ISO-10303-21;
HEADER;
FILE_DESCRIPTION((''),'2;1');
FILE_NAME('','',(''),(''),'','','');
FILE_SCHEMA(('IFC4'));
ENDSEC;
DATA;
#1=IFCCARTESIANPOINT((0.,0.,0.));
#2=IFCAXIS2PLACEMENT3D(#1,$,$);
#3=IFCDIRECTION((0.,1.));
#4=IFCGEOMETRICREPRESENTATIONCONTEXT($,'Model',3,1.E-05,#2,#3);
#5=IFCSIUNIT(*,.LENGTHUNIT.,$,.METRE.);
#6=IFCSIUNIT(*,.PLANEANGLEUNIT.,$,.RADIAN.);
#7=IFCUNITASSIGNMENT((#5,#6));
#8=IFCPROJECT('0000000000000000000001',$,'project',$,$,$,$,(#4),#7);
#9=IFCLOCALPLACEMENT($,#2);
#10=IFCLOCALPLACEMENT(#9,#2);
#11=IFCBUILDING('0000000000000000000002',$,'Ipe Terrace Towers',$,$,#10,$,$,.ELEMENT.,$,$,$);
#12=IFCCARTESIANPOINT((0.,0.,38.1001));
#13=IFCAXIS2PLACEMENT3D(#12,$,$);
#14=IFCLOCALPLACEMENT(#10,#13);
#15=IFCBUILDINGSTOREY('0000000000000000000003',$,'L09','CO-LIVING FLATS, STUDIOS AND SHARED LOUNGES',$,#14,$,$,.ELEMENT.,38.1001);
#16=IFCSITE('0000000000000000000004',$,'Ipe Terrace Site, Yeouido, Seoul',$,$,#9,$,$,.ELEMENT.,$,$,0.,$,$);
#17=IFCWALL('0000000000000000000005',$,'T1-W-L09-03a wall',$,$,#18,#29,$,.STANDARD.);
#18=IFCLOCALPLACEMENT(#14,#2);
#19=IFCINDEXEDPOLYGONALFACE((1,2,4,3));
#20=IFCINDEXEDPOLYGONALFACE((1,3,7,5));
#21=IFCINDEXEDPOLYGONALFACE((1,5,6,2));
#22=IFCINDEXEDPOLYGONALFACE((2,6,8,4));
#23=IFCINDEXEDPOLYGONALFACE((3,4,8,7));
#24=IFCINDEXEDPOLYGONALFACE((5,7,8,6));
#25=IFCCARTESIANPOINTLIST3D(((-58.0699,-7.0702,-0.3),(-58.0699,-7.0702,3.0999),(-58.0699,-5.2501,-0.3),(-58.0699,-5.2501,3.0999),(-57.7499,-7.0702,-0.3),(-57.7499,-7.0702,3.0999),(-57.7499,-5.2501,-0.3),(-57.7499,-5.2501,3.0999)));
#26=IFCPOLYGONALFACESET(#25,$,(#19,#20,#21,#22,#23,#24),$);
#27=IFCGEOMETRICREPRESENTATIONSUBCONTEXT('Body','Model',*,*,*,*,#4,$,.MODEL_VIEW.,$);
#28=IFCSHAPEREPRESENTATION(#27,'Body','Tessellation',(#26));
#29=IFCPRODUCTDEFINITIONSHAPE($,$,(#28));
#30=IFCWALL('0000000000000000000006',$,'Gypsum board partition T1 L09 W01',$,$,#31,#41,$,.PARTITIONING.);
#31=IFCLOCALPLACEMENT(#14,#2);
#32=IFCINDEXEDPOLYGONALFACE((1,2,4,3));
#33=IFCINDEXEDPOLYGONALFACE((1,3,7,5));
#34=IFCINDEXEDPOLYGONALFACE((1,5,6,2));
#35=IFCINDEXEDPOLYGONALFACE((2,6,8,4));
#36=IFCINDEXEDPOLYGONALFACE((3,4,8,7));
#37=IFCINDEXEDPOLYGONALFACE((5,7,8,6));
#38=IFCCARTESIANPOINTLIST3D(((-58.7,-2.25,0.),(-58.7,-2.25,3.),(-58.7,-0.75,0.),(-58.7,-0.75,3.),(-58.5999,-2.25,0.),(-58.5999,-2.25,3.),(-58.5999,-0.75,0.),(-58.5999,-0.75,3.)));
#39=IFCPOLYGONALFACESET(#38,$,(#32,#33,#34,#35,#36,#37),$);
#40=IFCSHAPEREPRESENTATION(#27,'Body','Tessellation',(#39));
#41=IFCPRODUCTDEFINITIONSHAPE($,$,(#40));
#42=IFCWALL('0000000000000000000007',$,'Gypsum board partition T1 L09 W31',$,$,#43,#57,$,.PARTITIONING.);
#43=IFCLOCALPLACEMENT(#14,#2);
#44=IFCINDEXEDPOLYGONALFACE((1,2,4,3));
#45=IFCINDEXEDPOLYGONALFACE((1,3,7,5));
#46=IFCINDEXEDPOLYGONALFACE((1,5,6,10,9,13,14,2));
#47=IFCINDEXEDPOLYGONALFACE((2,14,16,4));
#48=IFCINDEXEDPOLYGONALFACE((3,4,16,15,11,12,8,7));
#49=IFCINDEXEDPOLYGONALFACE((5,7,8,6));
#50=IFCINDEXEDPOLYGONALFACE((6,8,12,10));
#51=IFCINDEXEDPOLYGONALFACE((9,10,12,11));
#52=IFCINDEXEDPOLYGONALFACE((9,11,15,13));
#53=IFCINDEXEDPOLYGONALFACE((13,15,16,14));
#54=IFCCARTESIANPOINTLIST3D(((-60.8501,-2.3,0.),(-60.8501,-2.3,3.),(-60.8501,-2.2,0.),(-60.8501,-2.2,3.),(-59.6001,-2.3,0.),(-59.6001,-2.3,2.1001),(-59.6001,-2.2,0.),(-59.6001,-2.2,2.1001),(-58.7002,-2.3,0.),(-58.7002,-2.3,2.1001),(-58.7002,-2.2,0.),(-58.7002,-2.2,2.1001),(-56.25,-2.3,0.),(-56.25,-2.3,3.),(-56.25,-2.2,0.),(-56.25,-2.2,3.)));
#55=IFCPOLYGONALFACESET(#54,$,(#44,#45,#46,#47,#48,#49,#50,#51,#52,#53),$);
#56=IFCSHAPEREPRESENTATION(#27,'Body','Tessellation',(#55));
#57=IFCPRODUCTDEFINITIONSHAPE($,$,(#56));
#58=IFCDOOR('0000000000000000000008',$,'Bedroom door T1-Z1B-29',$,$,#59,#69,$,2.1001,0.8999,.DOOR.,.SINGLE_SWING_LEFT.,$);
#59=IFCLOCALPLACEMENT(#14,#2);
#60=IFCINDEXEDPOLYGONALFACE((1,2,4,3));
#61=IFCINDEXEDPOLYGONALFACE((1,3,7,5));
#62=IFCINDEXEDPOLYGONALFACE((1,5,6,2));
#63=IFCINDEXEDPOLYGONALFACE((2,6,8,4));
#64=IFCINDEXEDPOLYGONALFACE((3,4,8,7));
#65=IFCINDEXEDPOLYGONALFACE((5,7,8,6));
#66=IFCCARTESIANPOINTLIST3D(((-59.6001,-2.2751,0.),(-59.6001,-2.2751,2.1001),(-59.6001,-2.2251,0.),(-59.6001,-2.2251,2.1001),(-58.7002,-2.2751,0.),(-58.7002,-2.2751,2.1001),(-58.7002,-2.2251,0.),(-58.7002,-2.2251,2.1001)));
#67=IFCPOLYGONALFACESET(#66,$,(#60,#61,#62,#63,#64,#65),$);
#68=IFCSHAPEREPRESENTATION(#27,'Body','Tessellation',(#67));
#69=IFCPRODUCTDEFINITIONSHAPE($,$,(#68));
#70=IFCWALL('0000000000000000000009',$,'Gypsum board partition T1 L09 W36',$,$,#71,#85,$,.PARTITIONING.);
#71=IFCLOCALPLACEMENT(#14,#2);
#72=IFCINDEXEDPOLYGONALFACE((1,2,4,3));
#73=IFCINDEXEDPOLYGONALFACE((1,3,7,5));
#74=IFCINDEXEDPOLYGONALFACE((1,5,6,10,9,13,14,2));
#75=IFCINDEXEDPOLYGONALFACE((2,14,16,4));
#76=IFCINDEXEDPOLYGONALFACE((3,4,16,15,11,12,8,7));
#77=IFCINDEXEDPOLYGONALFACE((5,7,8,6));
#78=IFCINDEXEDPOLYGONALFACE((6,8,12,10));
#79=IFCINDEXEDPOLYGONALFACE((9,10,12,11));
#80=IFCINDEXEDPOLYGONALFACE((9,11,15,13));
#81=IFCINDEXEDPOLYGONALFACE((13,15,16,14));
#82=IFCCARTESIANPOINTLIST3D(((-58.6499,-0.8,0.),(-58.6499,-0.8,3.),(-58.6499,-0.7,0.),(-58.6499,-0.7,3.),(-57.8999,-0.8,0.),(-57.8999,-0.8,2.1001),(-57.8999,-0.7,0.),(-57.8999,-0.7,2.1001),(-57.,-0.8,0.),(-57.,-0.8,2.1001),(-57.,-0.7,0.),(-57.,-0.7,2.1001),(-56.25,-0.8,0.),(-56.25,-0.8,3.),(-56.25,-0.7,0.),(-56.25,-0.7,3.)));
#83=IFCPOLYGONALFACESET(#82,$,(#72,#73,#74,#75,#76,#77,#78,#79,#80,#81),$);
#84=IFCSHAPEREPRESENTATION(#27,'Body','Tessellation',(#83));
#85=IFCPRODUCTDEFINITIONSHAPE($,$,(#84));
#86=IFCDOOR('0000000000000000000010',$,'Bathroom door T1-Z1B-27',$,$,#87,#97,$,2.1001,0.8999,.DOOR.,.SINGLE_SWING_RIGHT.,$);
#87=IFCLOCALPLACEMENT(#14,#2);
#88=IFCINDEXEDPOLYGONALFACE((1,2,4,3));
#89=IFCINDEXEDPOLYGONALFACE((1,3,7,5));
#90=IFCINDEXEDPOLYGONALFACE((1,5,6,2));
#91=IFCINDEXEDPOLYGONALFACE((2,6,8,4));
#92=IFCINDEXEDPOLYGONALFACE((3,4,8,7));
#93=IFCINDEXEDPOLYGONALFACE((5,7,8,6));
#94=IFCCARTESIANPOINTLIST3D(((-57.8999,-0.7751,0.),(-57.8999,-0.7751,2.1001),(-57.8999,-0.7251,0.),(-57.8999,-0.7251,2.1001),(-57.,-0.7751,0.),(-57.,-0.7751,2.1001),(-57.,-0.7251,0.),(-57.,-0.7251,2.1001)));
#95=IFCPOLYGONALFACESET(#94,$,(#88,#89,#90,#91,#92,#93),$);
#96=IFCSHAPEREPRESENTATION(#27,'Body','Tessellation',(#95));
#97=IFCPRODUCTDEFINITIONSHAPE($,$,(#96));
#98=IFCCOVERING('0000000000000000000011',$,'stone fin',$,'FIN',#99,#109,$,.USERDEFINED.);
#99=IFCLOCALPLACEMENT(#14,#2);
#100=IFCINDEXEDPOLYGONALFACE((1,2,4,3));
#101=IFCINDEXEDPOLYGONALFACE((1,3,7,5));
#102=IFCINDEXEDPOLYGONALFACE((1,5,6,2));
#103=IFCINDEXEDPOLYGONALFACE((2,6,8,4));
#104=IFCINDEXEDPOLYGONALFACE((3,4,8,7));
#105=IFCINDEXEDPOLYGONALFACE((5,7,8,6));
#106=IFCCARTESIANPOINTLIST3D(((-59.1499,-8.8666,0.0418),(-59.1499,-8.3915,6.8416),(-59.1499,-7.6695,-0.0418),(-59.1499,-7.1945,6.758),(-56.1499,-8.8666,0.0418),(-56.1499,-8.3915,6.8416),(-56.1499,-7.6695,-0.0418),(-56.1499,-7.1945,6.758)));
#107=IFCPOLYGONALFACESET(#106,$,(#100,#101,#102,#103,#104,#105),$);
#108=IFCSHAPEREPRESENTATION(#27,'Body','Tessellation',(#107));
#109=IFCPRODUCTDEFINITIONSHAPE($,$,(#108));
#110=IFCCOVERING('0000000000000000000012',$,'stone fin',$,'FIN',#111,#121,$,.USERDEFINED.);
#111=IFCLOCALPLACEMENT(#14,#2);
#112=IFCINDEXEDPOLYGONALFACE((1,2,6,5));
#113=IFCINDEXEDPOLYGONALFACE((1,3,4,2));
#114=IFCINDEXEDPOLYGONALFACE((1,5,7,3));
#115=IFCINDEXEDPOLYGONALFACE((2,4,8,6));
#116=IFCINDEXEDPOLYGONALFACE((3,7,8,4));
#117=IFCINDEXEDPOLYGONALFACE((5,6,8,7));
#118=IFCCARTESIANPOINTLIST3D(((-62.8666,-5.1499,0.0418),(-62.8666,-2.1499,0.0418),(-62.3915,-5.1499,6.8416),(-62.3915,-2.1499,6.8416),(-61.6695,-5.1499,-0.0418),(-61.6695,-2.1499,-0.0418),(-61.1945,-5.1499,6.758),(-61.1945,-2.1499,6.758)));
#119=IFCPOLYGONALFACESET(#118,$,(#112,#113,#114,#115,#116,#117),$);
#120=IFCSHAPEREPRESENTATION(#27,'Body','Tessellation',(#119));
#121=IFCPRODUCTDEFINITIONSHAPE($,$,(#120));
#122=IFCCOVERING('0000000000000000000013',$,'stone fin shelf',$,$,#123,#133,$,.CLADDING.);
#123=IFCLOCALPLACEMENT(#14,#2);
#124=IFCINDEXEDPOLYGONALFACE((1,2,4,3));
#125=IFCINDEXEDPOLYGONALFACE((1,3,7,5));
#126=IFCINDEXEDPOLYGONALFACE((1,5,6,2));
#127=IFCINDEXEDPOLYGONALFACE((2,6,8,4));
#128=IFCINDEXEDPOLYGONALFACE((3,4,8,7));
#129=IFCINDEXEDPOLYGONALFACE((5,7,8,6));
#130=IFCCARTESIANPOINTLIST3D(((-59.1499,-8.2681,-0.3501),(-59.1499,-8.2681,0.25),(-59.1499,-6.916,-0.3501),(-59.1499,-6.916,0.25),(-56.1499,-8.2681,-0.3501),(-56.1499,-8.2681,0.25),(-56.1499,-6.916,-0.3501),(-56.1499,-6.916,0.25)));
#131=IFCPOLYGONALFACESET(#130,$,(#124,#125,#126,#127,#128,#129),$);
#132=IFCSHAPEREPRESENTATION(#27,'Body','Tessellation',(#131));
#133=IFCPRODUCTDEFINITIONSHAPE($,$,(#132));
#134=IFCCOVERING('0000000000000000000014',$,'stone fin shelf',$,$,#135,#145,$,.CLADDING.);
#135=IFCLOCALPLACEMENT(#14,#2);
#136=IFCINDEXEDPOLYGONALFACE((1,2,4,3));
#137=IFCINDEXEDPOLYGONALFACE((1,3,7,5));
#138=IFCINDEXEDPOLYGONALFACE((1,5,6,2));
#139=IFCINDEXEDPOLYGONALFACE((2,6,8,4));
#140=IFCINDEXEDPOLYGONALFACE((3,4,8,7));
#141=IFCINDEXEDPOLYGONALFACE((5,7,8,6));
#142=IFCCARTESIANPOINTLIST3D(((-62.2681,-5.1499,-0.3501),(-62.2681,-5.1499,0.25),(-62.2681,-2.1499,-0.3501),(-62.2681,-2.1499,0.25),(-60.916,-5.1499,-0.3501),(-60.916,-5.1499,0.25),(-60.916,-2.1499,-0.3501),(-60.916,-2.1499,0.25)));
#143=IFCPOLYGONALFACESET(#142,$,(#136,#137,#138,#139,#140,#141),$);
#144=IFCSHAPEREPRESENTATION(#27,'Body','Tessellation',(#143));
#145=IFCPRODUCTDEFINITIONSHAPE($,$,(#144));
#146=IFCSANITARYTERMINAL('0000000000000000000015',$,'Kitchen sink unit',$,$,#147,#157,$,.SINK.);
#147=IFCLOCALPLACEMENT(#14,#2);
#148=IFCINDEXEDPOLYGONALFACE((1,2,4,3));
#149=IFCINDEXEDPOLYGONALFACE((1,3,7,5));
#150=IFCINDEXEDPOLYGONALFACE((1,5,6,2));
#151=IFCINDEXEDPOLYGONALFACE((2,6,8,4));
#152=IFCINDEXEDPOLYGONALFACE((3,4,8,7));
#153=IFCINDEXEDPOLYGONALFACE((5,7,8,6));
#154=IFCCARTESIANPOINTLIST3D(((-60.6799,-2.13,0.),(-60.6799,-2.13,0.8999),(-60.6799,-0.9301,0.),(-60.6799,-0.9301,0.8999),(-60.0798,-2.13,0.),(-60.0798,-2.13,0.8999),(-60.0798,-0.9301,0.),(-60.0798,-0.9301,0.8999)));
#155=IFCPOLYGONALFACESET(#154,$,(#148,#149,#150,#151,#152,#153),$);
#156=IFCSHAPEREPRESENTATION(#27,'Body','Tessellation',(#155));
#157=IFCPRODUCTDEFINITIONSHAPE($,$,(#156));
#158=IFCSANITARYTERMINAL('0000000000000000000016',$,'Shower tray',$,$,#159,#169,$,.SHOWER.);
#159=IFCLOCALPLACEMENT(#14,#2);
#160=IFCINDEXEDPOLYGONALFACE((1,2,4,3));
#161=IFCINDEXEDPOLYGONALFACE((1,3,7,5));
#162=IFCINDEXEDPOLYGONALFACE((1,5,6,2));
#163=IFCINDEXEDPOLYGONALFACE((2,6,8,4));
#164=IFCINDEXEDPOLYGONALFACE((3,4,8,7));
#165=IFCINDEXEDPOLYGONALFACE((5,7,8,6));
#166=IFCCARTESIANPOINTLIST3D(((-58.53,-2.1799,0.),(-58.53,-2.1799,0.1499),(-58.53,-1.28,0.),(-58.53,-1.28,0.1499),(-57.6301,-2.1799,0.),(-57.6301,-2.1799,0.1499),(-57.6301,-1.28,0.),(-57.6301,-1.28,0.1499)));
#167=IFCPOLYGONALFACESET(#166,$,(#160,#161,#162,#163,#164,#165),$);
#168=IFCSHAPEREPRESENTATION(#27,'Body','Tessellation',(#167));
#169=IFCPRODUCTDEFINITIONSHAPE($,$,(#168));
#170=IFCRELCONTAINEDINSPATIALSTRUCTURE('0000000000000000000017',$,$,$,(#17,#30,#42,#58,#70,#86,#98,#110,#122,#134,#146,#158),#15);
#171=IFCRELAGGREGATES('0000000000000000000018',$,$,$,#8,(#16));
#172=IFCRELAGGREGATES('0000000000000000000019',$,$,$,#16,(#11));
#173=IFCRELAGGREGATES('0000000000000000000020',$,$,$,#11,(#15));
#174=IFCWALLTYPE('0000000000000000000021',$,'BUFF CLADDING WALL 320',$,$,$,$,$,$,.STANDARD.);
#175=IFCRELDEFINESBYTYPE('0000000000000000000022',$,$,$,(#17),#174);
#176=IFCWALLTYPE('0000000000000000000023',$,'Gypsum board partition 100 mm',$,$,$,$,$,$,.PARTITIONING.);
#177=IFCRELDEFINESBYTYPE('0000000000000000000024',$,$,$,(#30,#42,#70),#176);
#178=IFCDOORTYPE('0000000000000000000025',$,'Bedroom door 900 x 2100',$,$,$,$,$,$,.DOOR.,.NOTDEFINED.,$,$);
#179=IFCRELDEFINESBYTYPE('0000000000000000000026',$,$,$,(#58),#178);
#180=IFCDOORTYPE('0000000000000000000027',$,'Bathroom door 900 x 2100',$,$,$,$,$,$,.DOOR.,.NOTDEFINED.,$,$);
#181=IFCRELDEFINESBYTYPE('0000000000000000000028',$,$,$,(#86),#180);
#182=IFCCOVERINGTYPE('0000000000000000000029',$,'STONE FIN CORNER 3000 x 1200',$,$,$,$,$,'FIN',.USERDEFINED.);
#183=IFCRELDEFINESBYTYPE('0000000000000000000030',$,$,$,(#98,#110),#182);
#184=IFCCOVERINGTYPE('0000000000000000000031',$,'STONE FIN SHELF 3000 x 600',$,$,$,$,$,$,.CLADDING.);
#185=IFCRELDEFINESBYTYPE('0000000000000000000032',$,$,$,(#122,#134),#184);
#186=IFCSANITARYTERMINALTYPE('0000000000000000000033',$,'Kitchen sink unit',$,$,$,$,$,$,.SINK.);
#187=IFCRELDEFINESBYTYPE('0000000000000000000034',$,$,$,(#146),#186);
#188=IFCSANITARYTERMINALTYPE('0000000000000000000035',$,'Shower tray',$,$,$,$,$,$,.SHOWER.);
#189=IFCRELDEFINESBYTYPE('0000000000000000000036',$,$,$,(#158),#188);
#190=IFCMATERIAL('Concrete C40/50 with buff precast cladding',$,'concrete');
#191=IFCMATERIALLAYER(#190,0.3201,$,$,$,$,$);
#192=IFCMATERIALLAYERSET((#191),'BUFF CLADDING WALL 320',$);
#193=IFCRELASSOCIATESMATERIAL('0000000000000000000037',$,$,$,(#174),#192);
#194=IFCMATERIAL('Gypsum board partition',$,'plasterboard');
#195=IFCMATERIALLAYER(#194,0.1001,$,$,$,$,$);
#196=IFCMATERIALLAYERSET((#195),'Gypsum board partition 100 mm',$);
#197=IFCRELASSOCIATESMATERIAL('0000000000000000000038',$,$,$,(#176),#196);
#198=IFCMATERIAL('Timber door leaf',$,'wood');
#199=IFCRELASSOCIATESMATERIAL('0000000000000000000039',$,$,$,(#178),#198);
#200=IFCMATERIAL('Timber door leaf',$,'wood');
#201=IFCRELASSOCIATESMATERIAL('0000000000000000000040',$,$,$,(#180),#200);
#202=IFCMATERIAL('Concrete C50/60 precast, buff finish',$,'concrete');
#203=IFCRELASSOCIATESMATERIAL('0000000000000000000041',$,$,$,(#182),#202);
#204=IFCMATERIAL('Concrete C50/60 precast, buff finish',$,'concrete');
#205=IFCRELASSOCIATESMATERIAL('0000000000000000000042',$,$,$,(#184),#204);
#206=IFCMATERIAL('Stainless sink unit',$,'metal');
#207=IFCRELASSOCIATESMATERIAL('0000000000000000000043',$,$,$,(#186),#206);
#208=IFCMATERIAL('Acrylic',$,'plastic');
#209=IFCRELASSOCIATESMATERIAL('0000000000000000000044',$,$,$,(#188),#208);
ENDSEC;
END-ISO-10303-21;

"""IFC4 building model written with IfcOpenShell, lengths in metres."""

from ifc_helpers import new_model, si_unit, direction, frame, frame_2d, origin, origin_2d, place, context, subcontext, project, spatial, rectangle, extrude, material, layer, layer_set, material_profile, profile_set, type_object, element, fill, save


model = new_model("IFC4")

# Units and contexts
model_context = context("Model", 3, precision=1e-05, world=origin(), true_north=direction((0.0, 1.0)))
body_context = subcontext(model_context, "Body", "Model", "MODEL_VIEW")
ifc_project = project(units=[si_unit("LENGTHUNIT", "METRE"), si_unit("PLANEANGLEUNIT", "RADIAN")], contexts=[model_context])

# Site, building, storey
site_placement = place(None, origin())
site = spatial("IfcSite", under=ifc_project, at=site_placement, Name="Ipe Terrace Site, Yeouido, Seoul", CompositionType="ELEMENT", RefElevation=0.0)
building_placement = place(site_placement, origin())
building = spatial("IfcBuilding", under=site, at=building_placement, Name="Ipe Terrace Towers", CompositionType="ELEMENT")
storey_placement = place(building_placement, frame((0.0, 0.0, 38.1001)))
storey = spatial("IfcBuildingStorey", under=building, at=storey_placement, Name="L09", Description="CO-LIVING FLATS, STUDIOS AND SHARED LOUNGES", CompositionType="ELEMENT", Elevation=38.1001)

# Shared definitions
ifc_material_1 = material(Name="Concrete C40/50 with buff precast cladding", Category="concrete")
ifc_layer_1 = layer(ifc_material_1, 0.3201)
ifc_layer_set_1 = layer_set([ifc_layer_1], Name="BUFF CLADDING WALL 320")
wall_type_1 = type_object("IfcWallType", Name="BUFF CLADDING WALL 320", PredefinedType="STANDARD", material=ifc_layer_set_1)

# Walls
wall_1_placement = place(storey_placement, frame((-57.9099, -5.25, -0.3), z_axis=(0.0, 0.0, 1.0), x_axis=(0.0, -1.0, 0.0)))
element("IfcWall", 1, at=wall_1_placement, inside=storey, type_object=wall_type_1, Name="T1-W-L09-03a wall", PredefinedType="STANDARD", context=body_context, shape_type="SweptSolid", body=[
    extrude(rectangle(XDim=1.8201, YDim=0.3201, at=frame_2d((0.9102, 0.0))), origin(), (0.0, 0.0, 1.0), 3.3999),
])
ifc_material_2 = material(Name="Gypsum board partition", Category="plasterboard")
ifc_layer_2 = layer(ifc_material_2, 0.1001)
ifc_layer_set_2 = layer_set([ifc_layer_2], Name="Gypsum board partition 100 mm")
wall_type_2 = type_object("IfcWallType", Name="Gypsum board partition 100 mm", PredefinedType="PARTITIONING", material=ifc_layer_set_2)
wall_2_placement = place(storey_placement, frame((-58.6499, -2.25, 0.0), z_axis=(0.0, 0.0, 1.0), x_axis=(0.0, 1.0, 0.0)))
element("IfcWall", 2, at=wall_2_placement, inside=storey, type_object=wall_type_2, Name="Gypsum board partition T1 L09 W01", PredefinedType="PARTITIONING", context=body_context, shape_type="SweptSolid", body=[
    extrude(rectangle(XDim=1.5, YDim=0.1001, at=frame_2d((0.75, 0.0))), origin(), (0.0, 0.0, 1.0), 3.0),
])

# Walls, openings, doors
wall_3_placement = place(storey_placement, frame((-60.8501, -2.25, 0.0), z_axis=(0.0, 0.0, 1.0), x_axis=(1.0, 0.0, 0.0)))
wall_3 = element("IfcWall", 3, at=wall_3_placement, inside=storey, type_object=wall_type_2, Name="Gypsum board partition T1 L09 W31", PredefinedType="PARTITIONING", context=body_context, shape_type="SweptSolid", body=[
    extrude(rectangle(XDim=4.6001, YDim=0.1001, at=frame_2d((2.3, 0.0))), origin(), (0.0, 0.0, 1.0), 3.0),
])
opening_1_placement = place(wall_3_placement, frame((1.25, 0.0, 0.0)))
opening_1 = element("IfcOpeningElement", 4, at=opening_1_placement, cuts=wall_3, PredefinedType="OPENING", context=body_context, shape_type="SweptSolid", body=[
    extrude(rectangle(XDim=0.8999, YDim=2.1001, at=frame_2d((0.45, 1.05))), frame((0.0, 0.0601, 0.0), z_axis=(0.0, -1.0, 0.0), x_axis=(1.0, 0.0, 0.0)), (0.0, 0.0, 1.0), 0.1201),
])
ifc_material_3 = material(Name="Timber door leaf", Category="wood")
door_type_1 = type_object("IfcDoorType", Name="Bedroom door 900 x 2100", OperationType="NOTDEFINED", PredefinedType="DOOR", material=ifc_material_3)
door_1_placement = place(opening_1_placement, origin())
door_1 = element("IfcDoor", 5, at=door_1_placement, inside=storey, type_object=door_type_1, Name="Bedroom door T1-Z1B-29", OperationType="SINGLE_SWING_LEFT", OverallHeight=2.1001, OverallWidth=0.8999, PredefinedType="DOOR", context=body_context, shape_type="SweptSolid", body=[
    extrude(rectangle(XDim=0.8999, YDim=2.1001, at=frame_2d((0.45, 1.05))), frame((0.0, 0.0249, 0.0), z_axis=(0.0, -1.0, 0.0), x_axis=(1.0, 0.0, 0.0)), (0.0, 0.0, 1.0), 0.05),
])
fill(opening_1, door_1)
wall_4_placement = place(storey_placement, frame((-58.6499, -0.75, 0.0), z_axis=(0.0, 0.0, 1.0), x_axis=(1.0, 0.0, 0.0)))
wall_4 = element("IfcWall", 6, at=wall_4_placement, inside=storey, type_object=wall_type_2, Name="Gypsum board partition T1 L09 W36", PredefinedType="PARTITIONING", context=body_context, shape_type="SweptSolid", body=[
    extrude(rectangle(XDim=2.3999, YDim=0.1001, at=frame_2d((1.2, 0.0))), origin(), (0.0, 0.0, 1.0), 3.0),
])
opening_2_placement = place(wall_4_placement, frame((0.75, 0.0, 0.0)))
opening_2 = element("IfcOpeningElement", 7, at=opening_2_placement, cuts=wall_4, PredefinedType="OPENING", context=body_context, shape_type="SweptSolid", body=[
    extrude(rectangle(XDim=0.8999, YDim=2.1001, at=frame_2d((0.45, 1.05))), frame((0.0, 0.0601, 0.0), z_axis=(0.0, -1.0, 0.0), x_axis=(1.0, 0.0, 0.0)), (0.0, 0.0, 1.0), 0.1201),
])
ifc_material_4 = material(Name="Timber door leaf", Category="wood")
door_type_2 = type_object("IfcDoorType", Name="Bathroom door 900 x 2100", OperationType="NOTDEFINED", PredefinedType="DOOR", material=ifc_material_4)
door_2_placement = place(opening_2_placement, origin())
door_2 = element("IfcDoor", 8, at=door_2_placement, inside=storey, type_object=door_type_2, Name="Bathroom door T1-Z1B-27", OperationType="SINGLE_SWING_RIGHT", OverallHeight=2.1001, OverallWidth=0.8999, PredefinedType="DOOR", context=body_context, shape_type="SweptSolid", body=[
    extrude(rectangle(XDim=0.8999, YDim=2.1001, at=frame_2d((0.45, 1.05))), frame((0.0, 0.0249, 0.0), z_axis=(0.0, -1.0, 0.0), x_axis=(1.0, 0.0, 0.0)), (0.0, 0.0, 1.0), 0.05),
])
fill(opening_2, door_2)

# Coverings
ifc_material_5 = material(Name="Concrete C50/60 precast, buff finish", Category="concrete")
ifc_material_profile_1 = material_profile(ifc_material_5, rectangle(XDim=3.0, YDim=1.2, at=origin_2d()), Name="STONE FIN CORNER 3000 x 1200")
ifc_profile_set_1 = profile_set([ifc_material_profile_1], Name="Concrete C50/60 precast, buff finish")
covering_type_1 = type_object("IfcCoveringType", Name="STONE FIN CORNER 3000 x 1200", ElementType="FIN", PredefinedType="USERDEFINED", material=ifc_profile_set_1)
for number, where, z_axis, x_axis, name in (
    (9, (-57.6499, -8.2681, 0.0), (0.0, 0.069699, 0.997568), (1.0, 0.0, 0.0), "stone fin"),
    (10, (-62.2681, -3.6499, 0.0), (0.069699, 0.0, 0.997568), (0.0, -1.0, 0.0), "stone fin"),
):
    element("IfcCovering", number, at=place(storey_placement, frame(where, z_axis=z_axis, x_axis=x_axis)), inside=storey, type_object=covering_type_1, Name=name, ObjectType="FIN", PredefinedType="USERDEFINED", context=body_context, shape_type="SweptSolid", body=[
        extrude(rectangle(XDim=3.0, YDim=1.2, at=origin_2d()), origin(), (0.0, 0.0, 1.0), 6.8164),
    ])
ifc_material_6 = material(Name="Concrete C50/60 precast, buff finish", Category="concrete")
covering_type_2 = type_object("IfcCoveringType", Name="STONE FIN SHELF 3000 x 600", PredefinedType="CLADDING", material=ifc_material_6)
for number, where, z_axis, x_axis, name in (
    (11, (-57.6499, -7.592, -0.3501), (0.0, 0.0, 1.0), (1.0, 0.0, 0.0), "stone fin shelf"),
    (12, (-61.592, -3.6499, -0.3501), (0.0, 0.0, 1.0), (0.0, -1.0, 0.0), "stone fin shelf"),
):
    element("IfcCovering", number, at=place(storey_placement, frame(where, z_axis=z_axis, x_axis=x_axis)), inside=storey, type_object=covering_type_2, Name=name, PredefinedType="CLADDING", context=body_context, shape_type="SweptSolid", body=[
        extrude(rectangle(XDim=3.0, YDim=1.3521, at=origin_2d()), origin(), (0.0, 0.0, 1.0), 0.6001),
    ])

# Sanitary terminals
ifc_material_7 = material(Name="Stainless sink unit", Category="metal")
sanitary_terminal_type_1 = type_object("IfcSanitaryTerminalType", Name="Kitchen sink unit", PredefinedType="SINK", material=ifc_material_7)
sanitary_terminal_1_placement = place(storey_placement, frame((-60.3799, -1.53, 0.0), z_axis=(0.0, 0.0, 1.0), x_axis=(0.0, 1.0, 0.0)))
element("IfcSanitaryTerminal", 13, at=sanitary_terminal_1_placement, inside=storey, type_object=sanitary_terminal_type_1, Name="Kitchen sink unit", PredefinedType="SINK", context=body_context, shape_type="SweptSolid", body=[
    extrude(rectangle(XDim=1.2, YDim=0.6001, at=origin_2d()), origin(), (0.0, 0.0, 1.0), 0.8999),
])
ifc_material_8 = material(Name="Acrylic", Category="plastic")
sanitary_terminal_type_2 = type_object("IfcSanitaryTerminalType", Name="Shower tray", PredefinedType="SHOWER", material=ifc_material_8)
sanitary_terminal_2_placement = place(storey_placement, frame((-58.0801, -1.73, 0.0), z_axis=(0.0, 0.0, 1.0), x_axis=(0.0, 1.0, 0.0)))
element("IfcSanitaryTerminal", 14, at=sanitary_terminal_2_placement, inside=storey, type_object=sanitary_terminal_type_2, Name="Shower tray", PredefinedType="SHOWER", context=body_context, shape_type="SweptSolid", body=[
    extrude(rectangle(XDim=0.8999, YDim=0.8999, at=origin_2d()), origin(), (0.0, 0.0, 1.0), 0.1499),
])

save(model, "model.ifc")
